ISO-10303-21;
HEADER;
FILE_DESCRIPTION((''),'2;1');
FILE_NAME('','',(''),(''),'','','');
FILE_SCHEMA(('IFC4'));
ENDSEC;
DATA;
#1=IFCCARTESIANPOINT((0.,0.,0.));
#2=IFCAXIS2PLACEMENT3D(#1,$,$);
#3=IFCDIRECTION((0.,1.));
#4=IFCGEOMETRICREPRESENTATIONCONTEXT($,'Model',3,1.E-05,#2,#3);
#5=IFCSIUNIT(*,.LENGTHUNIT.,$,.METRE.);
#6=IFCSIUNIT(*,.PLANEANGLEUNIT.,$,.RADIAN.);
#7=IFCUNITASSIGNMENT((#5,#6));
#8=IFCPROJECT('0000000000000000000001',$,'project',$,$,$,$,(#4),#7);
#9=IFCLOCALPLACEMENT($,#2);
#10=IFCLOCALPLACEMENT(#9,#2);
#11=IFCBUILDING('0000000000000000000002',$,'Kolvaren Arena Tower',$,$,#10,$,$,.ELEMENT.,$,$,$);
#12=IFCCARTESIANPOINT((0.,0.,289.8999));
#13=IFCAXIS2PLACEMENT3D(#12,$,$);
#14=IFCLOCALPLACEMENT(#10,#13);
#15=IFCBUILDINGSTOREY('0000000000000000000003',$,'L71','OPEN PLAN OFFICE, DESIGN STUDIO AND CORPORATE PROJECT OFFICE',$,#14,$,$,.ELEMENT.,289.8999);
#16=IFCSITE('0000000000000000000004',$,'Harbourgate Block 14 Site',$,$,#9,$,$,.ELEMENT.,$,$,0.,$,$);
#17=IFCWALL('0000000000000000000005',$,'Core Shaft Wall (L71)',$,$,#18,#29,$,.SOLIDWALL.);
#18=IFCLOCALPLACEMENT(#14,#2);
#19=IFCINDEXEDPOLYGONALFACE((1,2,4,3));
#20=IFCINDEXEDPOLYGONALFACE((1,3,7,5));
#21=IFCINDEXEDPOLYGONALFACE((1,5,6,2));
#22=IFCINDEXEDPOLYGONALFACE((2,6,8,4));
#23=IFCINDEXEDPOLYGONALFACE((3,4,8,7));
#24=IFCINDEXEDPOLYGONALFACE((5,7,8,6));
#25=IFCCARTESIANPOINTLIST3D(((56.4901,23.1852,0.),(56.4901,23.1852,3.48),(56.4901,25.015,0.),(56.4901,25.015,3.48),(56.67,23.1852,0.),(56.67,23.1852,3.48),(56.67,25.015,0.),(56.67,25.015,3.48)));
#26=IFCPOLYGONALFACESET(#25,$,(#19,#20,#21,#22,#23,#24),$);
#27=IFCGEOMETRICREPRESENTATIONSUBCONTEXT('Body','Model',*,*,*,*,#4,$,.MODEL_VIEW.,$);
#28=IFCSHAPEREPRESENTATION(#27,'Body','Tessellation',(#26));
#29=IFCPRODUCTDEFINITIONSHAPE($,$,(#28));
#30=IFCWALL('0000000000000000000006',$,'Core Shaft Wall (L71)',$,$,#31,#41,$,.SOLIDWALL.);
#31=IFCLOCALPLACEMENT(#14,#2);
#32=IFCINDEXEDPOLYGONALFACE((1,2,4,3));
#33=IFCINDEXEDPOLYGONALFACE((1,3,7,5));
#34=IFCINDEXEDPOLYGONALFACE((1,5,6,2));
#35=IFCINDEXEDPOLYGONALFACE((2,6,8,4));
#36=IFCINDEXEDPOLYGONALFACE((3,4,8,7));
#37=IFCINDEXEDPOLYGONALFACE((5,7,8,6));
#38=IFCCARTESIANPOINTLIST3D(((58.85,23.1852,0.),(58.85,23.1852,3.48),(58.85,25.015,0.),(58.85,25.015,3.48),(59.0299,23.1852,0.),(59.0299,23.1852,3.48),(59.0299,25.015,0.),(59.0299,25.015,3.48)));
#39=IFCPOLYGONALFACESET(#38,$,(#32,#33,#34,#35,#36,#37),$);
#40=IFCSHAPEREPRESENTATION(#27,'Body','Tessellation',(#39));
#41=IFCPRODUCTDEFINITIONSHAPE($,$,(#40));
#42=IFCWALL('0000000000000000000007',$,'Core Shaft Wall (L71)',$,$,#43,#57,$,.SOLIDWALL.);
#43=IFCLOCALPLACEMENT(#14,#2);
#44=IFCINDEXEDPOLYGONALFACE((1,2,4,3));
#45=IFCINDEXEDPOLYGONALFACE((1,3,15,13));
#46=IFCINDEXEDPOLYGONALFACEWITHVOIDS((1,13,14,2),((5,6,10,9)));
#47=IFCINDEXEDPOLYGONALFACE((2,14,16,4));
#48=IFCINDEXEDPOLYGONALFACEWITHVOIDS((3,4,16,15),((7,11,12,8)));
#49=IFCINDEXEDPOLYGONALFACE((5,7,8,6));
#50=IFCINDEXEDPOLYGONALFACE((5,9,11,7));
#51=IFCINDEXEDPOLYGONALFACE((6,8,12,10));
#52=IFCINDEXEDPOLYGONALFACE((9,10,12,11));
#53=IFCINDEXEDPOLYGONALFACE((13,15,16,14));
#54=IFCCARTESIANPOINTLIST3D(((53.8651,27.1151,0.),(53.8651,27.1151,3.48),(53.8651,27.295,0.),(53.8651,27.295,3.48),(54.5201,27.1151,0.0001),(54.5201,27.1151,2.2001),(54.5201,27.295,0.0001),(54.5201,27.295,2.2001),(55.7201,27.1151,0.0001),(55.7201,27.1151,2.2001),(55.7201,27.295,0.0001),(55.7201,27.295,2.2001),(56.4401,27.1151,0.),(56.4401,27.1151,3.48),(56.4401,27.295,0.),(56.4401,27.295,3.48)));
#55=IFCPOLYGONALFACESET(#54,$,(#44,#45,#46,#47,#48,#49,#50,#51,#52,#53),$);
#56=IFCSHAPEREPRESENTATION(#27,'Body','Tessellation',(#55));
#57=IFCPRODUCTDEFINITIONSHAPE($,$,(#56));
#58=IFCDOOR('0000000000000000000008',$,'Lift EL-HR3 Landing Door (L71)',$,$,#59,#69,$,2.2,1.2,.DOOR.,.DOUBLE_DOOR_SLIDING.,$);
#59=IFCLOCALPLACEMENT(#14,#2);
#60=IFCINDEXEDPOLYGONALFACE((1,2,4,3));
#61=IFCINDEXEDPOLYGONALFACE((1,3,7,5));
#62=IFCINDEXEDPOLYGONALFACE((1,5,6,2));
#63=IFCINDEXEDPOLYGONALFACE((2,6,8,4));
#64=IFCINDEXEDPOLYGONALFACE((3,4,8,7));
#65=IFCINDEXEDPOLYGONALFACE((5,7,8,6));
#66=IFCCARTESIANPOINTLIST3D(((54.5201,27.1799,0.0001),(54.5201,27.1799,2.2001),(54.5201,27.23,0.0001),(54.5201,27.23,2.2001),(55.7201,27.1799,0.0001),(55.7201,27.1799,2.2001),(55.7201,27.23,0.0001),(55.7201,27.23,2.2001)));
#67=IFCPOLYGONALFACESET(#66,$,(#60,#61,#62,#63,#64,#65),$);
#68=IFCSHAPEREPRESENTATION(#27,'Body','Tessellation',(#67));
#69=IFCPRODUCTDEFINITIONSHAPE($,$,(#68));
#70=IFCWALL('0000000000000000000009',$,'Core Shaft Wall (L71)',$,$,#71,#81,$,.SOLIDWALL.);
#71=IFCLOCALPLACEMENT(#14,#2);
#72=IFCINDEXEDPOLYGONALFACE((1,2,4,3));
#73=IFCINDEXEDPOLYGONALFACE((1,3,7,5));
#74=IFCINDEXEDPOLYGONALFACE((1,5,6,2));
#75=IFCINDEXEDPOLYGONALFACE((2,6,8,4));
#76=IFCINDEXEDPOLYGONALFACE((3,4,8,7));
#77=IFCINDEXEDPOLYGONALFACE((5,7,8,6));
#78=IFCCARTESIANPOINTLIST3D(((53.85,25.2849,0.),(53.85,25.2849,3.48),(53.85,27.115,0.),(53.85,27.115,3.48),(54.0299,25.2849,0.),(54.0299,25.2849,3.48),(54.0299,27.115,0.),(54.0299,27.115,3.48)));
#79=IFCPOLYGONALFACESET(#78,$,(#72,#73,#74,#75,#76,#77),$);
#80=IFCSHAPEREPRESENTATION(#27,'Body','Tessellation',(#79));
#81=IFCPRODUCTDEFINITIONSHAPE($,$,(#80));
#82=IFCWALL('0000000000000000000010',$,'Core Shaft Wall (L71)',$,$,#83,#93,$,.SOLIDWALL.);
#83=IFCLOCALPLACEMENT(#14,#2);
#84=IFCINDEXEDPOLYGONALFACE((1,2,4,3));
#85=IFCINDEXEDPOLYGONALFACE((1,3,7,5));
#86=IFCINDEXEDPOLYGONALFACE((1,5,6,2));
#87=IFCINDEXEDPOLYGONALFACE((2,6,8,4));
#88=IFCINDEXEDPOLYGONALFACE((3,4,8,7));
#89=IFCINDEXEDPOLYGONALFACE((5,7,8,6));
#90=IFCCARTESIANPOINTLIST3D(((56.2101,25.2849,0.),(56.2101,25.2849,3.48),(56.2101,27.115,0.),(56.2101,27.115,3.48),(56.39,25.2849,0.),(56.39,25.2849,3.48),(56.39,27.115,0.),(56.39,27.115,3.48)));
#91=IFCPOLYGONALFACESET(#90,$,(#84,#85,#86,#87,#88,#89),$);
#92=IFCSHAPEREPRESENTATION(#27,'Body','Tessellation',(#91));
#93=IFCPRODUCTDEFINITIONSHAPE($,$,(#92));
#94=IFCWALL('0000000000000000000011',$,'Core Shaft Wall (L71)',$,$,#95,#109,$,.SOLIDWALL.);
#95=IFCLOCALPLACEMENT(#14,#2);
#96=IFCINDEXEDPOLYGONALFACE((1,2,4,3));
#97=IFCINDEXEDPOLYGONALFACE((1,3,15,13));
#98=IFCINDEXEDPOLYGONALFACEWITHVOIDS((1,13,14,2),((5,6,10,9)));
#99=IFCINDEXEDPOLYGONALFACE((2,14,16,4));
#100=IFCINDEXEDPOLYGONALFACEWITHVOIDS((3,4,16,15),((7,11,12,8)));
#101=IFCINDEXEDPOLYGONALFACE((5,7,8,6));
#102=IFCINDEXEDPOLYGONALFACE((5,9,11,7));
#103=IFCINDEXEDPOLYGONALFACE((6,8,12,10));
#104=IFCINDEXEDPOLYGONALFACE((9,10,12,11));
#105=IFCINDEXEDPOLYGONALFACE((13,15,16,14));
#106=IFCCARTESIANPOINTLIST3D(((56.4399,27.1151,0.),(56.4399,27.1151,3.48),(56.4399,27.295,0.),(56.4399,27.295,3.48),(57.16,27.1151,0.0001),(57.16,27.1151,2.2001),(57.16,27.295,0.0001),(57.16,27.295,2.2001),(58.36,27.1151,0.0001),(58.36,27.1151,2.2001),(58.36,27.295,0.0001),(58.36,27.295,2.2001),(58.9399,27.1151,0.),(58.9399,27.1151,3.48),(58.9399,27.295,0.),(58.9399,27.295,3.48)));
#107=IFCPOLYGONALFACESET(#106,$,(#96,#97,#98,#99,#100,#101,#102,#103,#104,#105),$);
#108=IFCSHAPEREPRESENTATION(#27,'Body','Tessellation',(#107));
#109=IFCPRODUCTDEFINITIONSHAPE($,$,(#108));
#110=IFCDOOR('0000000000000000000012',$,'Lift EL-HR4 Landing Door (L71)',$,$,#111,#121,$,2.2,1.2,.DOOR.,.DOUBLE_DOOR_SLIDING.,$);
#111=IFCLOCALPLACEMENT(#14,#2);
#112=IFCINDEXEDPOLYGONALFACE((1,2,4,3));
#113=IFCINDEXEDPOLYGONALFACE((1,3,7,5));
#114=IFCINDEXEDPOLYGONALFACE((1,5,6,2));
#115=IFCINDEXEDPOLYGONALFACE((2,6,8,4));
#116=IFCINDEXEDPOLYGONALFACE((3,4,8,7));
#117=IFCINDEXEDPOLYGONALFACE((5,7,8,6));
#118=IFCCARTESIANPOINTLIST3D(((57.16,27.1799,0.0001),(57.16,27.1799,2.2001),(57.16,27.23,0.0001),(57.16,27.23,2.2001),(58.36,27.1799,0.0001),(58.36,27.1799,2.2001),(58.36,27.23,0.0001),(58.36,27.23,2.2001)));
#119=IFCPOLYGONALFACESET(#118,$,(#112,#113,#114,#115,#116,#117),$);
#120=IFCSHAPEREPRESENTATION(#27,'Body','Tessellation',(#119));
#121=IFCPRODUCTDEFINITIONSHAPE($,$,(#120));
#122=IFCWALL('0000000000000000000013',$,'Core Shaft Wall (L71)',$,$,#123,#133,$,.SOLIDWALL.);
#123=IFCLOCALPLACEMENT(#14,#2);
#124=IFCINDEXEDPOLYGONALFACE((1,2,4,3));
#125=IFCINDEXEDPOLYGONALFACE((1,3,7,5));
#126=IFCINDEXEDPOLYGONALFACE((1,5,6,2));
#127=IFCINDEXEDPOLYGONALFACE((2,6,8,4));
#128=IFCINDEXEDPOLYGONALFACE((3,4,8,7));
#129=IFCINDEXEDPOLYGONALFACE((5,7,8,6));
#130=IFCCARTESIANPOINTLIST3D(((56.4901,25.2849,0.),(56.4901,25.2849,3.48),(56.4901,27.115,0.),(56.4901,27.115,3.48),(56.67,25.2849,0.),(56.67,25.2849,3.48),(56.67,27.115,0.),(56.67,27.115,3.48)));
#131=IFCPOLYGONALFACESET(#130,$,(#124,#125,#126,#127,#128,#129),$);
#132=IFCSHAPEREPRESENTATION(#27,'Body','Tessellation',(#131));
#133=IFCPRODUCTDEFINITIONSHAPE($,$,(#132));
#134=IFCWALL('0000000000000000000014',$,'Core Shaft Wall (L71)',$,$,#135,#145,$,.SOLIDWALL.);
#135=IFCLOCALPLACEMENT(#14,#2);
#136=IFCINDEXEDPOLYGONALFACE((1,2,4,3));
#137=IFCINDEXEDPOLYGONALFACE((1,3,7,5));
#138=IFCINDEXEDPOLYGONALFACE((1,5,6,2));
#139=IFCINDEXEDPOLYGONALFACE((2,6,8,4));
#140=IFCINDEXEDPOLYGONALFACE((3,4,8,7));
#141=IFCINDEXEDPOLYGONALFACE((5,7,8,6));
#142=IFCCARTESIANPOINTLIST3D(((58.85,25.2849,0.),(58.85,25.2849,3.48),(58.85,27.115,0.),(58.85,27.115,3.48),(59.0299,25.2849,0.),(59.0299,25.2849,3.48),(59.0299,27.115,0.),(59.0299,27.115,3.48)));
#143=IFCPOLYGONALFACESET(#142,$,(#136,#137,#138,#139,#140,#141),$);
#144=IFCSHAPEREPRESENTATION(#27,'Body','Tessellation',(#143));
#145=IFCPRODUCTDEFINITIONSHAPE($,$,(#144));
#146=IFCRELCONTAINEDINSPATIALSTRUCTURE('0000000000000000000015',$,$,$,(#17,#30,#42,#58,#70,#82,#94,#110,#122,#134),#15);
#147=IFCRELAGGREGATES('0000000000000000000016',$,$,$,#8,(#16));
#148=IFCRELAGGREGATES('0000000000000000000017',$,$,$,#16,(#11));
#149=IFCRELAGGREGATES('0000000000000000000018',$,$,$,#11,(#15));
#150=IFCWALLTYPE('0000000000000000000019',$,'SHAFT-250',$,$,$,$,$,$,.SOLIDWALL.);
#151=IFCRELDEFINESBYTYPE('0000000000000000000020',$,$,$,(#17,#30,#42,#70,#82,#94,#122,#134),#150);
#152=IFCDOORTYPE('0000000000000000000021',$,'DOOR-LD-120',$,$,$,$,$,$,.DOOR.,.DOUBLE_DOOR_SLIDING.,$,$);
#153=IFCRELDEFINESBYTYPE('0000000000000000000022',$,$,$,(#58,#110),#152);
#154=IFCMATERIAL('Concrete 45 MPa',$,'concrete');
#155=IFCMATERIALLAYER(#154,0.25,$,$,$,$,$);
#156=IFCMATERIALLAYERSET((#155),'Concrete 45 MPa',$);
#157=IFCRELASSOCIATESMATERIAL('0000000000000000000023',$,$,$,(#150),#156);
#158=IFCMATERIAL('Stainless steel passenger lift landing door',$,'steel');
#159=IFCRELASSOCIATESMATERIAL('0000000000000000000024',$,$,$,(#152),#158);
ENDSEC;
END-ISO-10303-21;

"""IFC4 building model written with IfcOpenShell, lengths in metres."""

from ifc_helpers import new_model, si_unit, direction, frame, frame_2d, origin, place, context, subcontext, project, spatial, rectangle, extrude, material, layer, layer_set, type_object, element, fill, save


model = new_model("IFC4")

# Units and contexts
model_context = context("Model", 3, precision=1e-05, world=origin(), true_north=direction((0.0, 1.0)))
body_context = subcontext(model_context, "Body", "Model", "MODEL_VIEW")
ifc_project = project(units=[si_unit("LENGTHUNIT", "METRE"), si_unit("PLANEANGLEUNIT", "RADIAN")], contexts=[model_context])

# Site, building, storey
site_placement = place(None, origin())
site = spatial("IfcSite", under=ifc_project, at=site_placement, Name="Harbourgate Block 14 Site", CompositionType="ELEMENT", RefElevation=0.0)
building_placement = place(site_placement, origin())
building = spatial("IfcBuilding", under=site, at=building_placement, Name="Kolvaren Arena Tower", CompositionType="ELEMENT")
storey_placement = place(building_placement, frame((0.0, 0.0, 289.8999)))
storey = spatial("IfcBuildingStorey", under=building, at=storey_placement, Name="L71", Description="OPEN PLAN OFFICE, DESIGN STUDIO AND CORPORATE PROJECT OFFICE", CompositionType="ELEMENT", Elevation=289.8999)

# Shared definitions
ifc_material_1 = material(Name="Concrete 45 MPa", Category="concrete")
ifc_layer = layer(ifc_material_1, 0.25)
ifc_layer_set = layer_set([ifc_layer], Name="Concrete 45 MPa")
wall_type = type_object("IfcWallType", Name="SHAFT-250", PredefinedType="SOLIDWALL", material=ifc_layer_set)

# Shared definitions
ifc_material_2 = material(Name="Stainless steel passenger lift landing door", Category="steel")
door_type = type_object("IfcDoorType", Name="DOOR-LD-120", OperationType="DOUBLE_DOOR_SLIDING", PredefinedType="DOOR", material=ifc_material_2)

# Walls
for number, where, z_axis, x_axis, name in (
    (1, (56.5801, 23.1851, 0.0), (0.0, 0.0, 1.0), (0.0, 1.0, 0.0), "Core Shaft Wall (L71)"),
    (2, (58.9399, 23.1851, 0.0), (0.0, 0.0, 1.0), (0.0, 1.0, 0.0), "Core Shaft Wall (L71)"),
):
    element("IfcWall", number, at=place(storey_placement, frame(where, z_axis=z_axis, x_axis=x_axis)), inside=storey, type_object=wall_type, Name=name, PredefinedType="SOLIDWALL", context=body_context, shape_type="SweptSolid", body=[
        extrude(rectangle(XDim=1.8298, YDim=0.1799, at=frame_2d((0.915, 0.0))), origin(), (0.0, 0.0, 1.0), 3.48),
    ])

# Wall, opening, door
wall_1_placement = place(storey_placement, frame((53.865, 27.2051, 0.0), z_axis=(0.0, 0.0, 1.0), x_axis=(1.0, 0.0, 0.0)))
wall_1 = element("IfcWall", 3, at=wall_1_placement, inside=storey, type_object=wall_type, Name="Core Shaft Wall (L71)", PredefinedType="SOLIDWALL", context=body_context, shape_type="SweptSolid", body=[
    extrude(rectangle(XDim=2.575, YDim=0.1799, at=frame_2d((1.2876, 0.0))), origin(), (0.0, 0.0, 1.0), 3.48),
])
opening_1_placement = place(wall_1_placement, frame((0.655, 0.0, 0.0)))
opening_1 = element("IfcOpeningElement", 4, at=opening_1_placement, cuts=wall_1, PredefinedType="OPENING", context=body_context, shape_type="SweptSolid", body=[
    extrude(rectangle(XDim=1.2, YDim=2.2, at=frame_2d((0.6001, 1.1001))), frame((0.0, 0.0999, 0.0), z_axis=(0.0, -1.0, 0.0), x_axis=(1.0, 0.0, 0.0)), (0.0, 0.0, 1.0), 0.2),
])
door_1_placement = place(opening_1_placement, origin())
door_1 = element("IfcDoor", 5, at=door_1_placement, inside=storey, type_object=door_type, Name="Lift EL-HR3 Landing Door (L71)", OperationType="DOUBLE_DOOR_SLIDING", OverallHeight=2.2, OverallWidth=1.2, PredefinedType="DOOR", context=body_context, shape_type="SweptSolid", body=[
    extrude(rectangle(XDim=1.2, YDim=2.2, at=frame_2d((0.6001, 1.1001))), frame((0.0, 0.0249, 0.0), z_axis=(0.0, -1.0, 0.0), x_axis=(1.0, 0.0, 0.0)), (0.0, 0.0, 1.0), 0.05),
])
fill(opening_1, door_1)

# Walls
for number, where, z_axis, x_axis, name in (
    (6, (53.9399, 25.2849, 0.0), (0.0, 0.0, 1.0), (0.0, 1.0, 0.0), "Core Shaft Wall (L71)"),
    (7, (56.3, 25.2849, 0.0), (0.0, 0.0, 1.0), (0.0, 1.0, 0.0), "Core Shaft Wall (L71)"),
):
    element("IfcWall", number, at=place(storey_placement, frame(where, z_axis=z_axis, x_axis=x_axis)), inside=storey, type_object=wall_type, Name=name, PredefinedType="SOLIDWALL", context=body_context, shape_type="SweptSolid", body=[
        extrude(rectangle(XDim=1.8301, YDim=0.1799, at=frame_2d((0.915, 0.0))), origin(), (0.0, 0.0, 1.0), 3.48),
    ])

# Wall, opening, door
wall_2_placement = place(storey_placement, frame((56.4399, 27.2051, 0.0), z_axis=(0.0, 0.0, 1.0), x_axis=(1.0, 0.0, 0.0)))
wall_2 = element("IfcWall", 8, at=wall_2_placement, inside=storey, type_object=wall_type, Name="Core Shaft Wall (L71)", PredefinedType="SOLIDWALL", context=body_context, shape_type="SweptSolid", body=[
    extrude(rectangle(XDim=2.5, YDim=0.1799, at=frame_2d((1.25, 0.0))), origin(), (0.0, 0.0, 1.0), 3.48),
])
opening_2_placement = place(wall_2_placement, frame((0.72, 0.0, 0.0)))
opening_2 = element("IfcOpeningElement", 9, at=opening_2_placement, cuts=wall_2, PredefinedType="OPENING", context=body_context, shape_type="SweptSolid", body=[
    extrude(rectangle(XDim=1.2, YDim=2.2, at=frame_2d((0.6001, 1.1001))), frame((0.0, 0.0999, 0.0), z_axis=(0.0, -1.0, 0.0), x_axis=(1.0, 0.0, 0.0)), (0.0, 0.0, 1.0), 0.2),
])
door_2_placement = place(opening_2_placement, origin())
door_2 = element("IfcDoor", 10, at=door_2_placement, inside=storey, type_object=door_type, Name="Lift EL-HR4 Landing Door (L71)", OperationType="DOUBLE_DOOR_SLIDING", OverallHeight=2.2, OverallWidth=1.2, PredefinedType="DOOR", context=body_context, shape_type="SweptSolid", body=[
    extrude(rectangle(XDim=1.2, YDim=2.2, at=frame_2d((0.6001, 1.1001))), frame((0.0, 0.0249, 0.0), z_axis=(0.0, -1.0, 0.0), x_axis=(1.0, 0.0, 0.0)), (0.0, 0.0, 1.0), 0.05),
])
fill(opening_2, door_2)

# Walls
for number, where, z_axis, x_axis, name in (
    (11, (56.5801, 25.2849, 0.0), (0.0, 0.0, 1.0), (0.0, 1.0, 0.0), "Core Shaft Wall (L71)"),
    (12, (58.9399, 25.2849, 0.0), (0.0, 0.0, 1.0), (0.0, 1.0, 0.0), "Core Shaft Wall (L71)"),
):
    element("IfcWall", number, at=place(storey_placement, frame(where, z_axis=z_axis, x_axis=x_axis)), inside=storey, type_object=wall_type, Name=name, PredefinedType="SOLIDWALL", context=body_context, shape_type="SweptSolid", body=[
        extrude(rectangle(XDim=1.8301, YDim=0.1799, at=frame_2d((0.915, 0.0))), origin(), (0.0, 0.0, 1.0), 3.48),
    ])

save(model, "model.ifc")
